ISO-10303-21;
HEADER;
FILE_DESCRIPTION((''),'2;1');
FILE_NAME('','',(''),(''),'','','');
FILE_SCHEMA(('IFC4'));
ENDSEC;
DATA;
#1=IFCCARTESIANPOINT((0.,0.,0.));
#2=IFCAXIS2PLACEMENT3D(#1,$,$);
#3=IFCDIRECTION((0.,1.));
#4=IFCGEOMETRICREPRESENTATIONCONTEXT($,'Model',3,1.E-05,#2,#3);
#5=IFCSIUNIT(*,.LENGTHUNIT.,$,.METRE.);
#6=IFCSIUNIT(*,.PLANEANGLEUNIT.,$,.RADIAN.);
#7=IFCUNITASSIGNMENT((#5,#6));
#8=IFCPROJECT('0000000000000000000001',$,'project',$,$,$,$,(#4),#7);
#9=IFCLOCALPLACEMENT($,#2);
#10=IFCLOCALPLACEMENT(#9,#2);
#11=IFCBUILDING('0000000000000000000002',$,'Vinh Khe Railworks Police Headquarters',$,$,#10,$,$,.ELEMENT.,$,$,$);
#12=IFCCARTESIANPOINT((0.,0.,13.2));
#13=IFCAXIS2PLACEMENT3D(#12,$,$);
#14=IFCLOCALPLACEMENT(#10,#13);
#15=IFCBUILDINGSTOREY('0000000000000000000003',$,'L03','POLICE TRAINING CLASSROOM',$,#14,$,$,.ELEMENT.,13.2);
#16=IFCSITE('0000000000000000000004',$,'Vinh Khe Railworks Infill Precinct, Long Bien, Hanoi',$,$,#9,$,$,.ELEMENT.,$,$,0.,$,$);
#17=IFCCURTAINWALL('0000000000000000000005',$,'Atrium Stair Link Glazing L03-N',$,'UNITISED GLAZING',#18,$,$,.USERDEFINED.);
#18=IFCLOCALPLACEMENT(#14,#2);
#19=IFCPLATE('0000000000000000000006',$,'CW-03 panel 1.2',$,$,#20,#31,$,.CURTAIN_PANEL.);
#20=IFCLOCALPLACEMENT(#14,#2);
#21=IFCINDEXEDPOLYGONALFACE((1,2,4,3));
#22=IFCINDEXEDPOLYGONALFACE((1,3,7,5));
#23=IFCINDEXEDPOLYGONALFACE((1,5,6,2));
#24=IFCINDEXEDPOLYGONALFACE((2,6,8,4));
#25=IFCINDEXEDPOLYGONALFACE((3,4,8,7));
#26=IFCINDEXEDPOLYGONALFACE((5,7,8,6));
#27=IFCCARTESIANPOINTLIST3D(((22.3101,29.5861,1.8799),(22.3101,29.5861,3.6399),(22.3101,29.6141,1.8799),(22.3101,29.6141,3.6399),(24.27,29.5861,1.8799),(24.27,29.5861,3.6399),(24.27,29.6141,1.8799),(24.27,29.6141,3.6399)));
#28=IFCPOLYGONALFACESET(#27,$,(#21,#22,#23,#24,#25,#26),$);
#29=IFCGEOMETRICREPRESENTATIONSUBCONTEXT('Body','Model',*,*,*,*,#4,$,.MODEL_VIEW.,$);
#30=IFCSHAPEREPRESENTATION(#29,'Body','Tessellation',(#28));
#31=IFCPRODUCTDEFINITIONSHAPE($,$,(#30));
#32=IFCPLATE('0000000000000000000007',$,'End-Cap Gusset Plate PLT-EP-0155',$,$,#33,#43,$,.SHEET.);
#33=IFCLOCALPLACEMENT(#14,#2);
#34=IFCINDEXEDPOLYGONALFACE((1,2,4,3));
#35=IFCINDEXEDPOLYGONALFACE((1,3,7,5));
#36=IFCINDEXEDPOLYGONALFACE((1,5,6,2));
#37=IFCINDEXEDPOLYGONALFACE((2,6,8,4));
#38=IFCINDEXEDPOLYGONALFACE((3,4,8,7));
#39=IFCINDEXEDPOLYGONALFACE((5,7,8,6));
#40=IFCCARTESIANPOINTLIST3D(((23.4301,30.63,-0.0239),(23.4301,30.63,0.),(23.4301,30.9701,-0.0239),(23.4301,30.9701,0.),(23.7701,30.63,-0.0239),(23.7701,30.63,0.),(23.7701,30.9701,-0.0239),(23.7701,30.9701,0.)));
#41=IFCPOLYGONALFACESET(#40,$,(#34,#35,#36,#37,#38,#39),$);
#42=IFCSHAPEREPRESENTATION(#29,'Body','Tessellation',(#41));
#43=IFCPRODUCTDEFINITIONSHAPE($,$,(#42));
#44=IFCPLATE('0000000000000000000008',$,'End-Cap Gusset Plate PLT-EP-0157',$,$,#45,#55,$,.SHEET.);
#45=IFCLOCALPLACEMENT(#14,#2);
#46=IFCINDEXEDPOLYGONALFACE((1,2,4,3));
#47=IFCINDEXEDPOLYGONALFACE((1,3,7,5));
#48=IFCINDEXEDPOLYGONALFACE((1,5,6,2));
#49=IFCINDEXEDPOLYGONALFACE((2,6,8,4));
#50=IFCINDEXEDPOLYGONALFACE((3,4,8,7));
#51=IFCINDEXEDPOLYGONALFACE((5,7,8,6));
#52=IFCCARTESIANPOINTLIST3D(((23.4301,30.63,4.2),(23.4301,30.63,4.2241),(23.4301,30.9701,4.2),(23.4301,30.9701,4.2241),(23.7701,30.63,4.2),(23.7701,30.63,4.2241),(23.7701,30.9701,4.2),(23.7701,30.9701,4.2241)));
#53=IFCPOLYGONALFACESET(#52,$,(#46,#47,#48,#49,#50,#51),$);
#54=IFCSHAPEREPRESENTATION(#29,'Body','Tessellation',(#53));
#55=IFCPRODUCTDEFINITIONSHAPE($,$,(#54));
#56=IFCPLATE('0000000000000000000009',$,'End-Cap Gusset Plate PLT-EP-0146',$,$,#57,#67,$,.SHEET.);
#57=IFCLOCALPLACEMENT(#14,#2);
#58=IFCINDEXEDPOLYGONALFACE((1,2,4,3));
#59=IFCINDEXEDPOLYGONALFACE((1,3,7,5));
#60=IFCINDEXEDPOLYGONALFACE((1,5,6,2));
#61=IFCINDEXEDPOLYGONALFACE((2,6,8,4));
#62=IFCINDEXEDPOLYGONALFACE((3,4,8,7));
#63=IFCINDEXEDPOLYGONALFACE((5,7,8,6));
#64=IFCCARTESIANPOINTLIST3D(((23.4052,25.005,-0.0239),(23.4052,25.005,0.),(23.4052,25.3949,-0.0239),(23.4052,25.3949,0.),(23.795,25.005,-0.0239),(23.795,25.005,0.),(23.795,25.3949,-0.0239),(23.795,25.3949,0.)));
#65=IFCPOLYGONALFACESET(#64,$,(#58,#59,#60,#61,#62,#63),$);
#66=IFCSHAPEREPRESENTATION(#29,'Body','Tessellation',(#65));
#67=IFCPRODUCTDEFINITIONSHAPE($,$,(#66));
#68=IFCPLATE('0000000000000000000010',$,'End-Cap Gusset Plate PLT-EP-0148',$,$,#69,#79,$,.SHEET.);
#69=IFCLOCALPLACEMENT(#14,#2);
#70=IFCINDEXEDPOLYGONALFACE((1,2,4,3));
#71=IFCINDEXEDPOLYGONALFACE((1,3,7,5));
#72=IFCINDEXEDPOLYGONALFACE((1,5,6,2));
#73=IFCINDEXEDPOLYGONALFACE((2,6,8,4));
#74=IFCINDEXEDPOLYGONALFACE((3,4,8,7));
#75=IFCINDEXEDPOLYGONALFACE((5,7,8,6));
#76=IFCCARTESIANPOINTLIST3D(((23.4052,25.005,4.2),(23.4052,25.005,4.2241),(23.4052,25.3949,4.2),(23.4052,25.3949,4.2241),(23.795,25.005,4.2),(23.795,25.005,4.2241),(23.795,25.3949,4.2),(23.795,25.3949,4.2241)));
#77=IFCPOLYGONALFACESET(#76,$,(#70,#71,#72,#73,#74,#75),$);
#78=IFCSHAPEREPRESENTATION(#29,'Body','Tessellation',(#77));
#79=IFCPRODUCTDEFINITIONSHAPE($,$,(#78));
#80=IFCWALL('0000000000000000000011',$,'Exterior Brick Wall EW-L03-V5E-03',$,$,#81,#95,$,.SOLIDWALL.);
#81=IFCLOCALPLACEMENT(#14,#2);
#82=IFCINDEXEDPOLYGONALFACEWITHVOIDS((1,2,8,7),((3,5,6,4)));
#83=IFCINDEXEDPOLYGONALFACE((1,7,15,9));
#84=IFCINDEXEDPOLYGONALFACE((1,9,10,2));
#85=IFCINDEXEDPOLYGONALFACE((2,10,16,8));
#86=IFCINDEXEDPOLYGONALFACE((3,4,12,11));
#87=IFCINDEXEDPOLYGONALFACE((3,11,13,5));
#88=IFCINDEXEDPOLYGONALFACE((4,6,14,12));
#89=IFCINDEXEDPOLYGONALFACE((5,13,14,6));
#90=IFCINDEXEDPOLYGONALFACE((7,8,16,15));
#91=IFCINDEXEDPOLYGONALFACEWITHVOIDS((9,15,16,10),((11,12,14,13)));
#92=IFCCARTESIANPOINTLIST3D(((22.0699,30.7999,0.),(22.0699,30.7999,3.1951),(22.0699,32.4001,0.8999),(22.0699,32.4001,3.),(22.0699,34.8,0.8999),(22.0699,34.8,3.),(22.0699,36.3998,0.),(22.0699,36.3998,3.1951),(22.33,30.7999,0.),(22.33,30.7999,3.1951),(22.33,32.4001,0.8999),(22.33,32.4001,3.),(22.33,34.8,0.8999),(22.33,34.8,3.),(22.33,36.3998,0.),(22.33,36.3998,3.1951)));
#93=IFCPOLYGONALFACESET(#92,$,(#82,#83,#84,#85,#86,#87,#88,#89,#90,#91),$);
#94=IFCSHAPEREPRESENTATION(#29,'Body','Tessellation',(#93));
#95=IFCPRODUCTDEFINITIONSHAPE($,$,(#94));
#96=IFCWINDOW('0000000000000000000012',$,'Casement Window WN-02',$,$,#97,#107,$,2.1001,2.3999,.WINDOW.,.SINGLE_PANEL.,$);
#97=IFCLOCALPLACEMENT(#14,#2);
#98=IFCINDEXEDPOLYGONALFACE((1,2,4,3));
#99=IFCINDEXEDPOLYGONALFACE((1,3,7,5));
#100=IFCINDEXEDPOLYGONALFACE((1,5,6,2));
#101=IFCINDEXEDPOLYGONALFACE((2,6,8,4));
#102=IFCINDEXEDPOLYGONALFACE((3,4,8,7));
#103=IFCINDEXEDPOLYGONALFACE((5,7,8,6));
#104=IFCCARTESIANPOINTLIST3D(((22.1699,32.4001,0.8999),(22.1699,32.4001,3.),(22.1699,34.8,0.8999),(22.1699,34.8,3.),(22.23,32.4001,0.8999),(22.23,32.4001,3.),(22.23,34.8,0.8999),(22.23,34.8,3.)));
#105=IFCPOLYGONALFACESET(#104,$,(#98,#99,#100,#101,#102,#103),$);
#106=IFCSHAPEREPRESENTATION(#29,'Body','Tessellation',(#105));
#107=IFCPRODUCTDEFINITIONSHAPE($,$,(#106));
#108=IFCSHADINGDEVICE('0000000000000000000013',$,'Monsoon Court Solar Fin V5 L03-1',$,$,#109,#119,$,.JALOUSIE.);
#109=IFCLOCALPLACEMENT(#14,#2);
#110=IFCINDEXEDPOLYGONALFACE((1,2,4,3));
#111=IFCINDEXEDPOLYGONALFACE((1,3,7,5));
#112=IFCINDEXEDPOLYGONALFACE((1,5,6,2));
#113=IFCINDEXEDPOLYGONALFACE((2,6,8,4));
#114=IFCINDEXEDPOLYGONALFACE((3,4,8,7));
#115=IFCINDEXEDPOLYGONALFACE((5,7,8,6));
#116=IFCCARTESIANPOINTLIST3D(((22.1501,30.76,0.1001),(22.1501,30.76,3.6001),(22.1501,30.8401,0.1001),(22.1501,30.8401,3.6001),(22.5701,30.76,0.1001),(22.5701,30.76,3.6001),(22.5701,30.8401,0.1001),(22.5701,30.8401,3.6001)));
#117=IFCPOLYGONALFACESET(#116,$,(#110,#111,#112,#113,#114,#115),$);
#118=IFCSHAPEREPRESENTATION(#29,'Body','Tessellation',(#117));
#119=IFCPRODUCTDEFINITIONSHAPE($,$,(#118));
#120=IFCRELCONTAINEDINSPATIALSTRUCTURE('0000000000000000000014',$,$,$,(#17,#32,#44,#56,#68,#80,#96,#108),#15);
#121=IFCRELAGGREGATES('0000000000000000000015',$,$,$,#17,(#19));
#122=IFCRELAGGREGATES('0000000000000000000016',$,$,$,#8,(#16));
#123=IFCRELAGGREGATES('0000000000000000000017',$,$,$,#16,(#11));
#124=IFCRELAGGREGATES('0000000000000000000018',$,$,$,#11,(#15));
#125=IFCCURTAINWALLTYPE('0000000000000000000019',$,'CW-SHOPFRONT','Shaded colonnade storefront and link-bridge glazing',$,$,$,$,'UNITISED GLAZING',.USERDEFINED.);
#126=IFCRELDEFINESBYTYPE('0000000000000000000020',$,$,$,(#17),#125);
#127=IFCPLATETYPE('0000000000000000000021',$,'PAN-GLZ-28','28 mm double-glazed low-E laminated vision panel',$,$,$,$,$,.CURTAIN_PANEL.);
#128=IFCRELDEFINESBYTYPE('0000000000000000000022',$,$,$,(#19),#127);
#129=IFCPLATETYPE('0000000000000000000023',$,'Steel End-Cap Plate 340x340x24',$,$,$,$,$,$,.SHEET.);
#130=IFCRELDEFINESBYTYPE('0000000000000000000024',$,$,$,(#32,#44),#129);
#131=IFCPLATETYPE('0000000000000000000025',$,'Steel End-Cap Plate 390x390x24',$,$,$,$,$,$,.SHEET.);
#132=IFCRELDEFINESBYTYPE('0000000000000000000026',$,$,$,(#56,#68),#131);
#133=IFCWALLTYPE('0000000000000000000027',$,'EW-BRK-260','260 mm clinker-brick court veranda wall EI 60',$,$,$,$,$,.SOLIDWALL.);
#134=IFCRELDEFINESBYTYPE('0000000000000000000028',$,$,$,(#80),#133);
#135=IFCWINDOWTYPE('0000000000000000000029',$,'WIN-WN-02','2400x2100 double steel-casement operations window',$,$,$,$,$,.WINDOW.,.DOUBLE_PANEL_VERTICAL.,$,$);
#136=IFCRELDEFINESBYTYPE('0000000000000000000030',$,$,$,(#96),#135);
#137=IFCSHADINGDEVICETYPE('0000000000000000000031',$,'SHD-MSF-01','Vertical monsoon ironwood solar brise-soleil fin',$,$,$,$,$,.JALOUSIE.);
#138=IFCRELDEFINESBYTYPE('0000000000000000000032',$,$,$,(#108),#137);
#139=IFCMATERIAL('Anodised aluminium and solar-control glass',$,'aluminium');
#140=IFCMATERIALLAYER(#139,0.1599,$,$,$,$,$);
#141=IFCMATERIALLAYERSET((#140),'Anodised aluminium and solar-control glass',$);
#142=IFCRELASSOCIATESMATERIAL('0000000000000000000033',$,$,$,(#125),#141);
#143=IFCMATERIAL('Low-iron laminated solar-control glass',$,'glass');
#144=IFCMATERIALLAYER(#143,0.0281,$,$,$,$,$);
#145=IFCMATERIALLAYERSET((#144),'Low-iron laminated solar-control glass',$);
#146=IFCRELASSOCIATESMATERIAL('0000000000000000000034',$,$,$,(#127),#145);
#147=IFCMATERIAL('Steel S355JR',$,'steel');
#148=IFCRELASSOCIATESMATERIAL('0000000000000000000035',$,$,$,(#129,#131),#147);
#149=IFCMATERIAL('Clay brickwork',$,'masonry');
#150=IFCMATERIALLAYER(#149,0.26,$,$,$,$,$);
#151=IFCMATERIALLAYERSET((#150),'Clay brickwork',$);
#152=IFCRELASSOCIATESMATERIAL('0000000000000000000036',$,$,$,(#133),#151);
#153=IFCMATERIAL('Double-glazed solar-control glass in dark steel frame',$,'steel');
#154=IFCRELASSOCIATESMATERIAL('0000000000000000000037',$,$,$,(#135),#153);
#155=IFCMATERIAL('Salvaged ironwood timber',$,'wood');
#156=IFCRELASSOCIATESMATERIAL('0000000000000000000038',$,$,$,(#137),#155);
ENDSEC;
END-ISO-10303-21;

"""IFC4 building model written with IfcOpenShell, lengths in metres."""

from ifc_helpers import new_model, si_unit, direction, frame, frame_2d, origin, origin_2d, place, context, subcontext, project, spatial, rectangle, extrude, material, layer, layer_set, material_profile, profile_set, type_object, element, fill, aggregate, save


model = new_model("IFC4")

# Units and contexts
model_context = context("Model", 3, precision=1e-05, world=origin(), true_north=direction((0.0, 1.0)))
body_context = subcontext(model_context, "Body", "Model", "MODEL_VIEW")
ifc_project = project(units=[si_unit("LENGTHUNIT", "METRE"), si_unit("PLANEANGLEUNIT", "RADIAN")], contexts=[model_context])

# Site, building, storey
site_placement = place(None, origin())
site = spatial("IfcSite", under=ifc_project, at=site_placement, Name="Vinh Khe Railworks Infill Precinct, Long Bien, Hanoi", CompositionType="ELEMENT", RefElevation=0.0)
building_placement = place(site_placement, origin())
building = spatial("IfcBuilding", under=site, at=building_placement, Name="Vinh Khe Railworks Police Headquarters", CompositionType="ELEMENT")
storey_placement = place(building_placement, frame((0.0, 0.0, 13.2)))
storey = spatial("IfcBuildingStorey", under=building, at=storey_placement, Name="L03", Description="POLICE TRAINING CLASSROOM", CompositionType="ELEMENT", Elevation=13.2)

# Shared definitions
ifc_material_1 = material(Name="Steel S355JR", Category="steel")

# Curtain wall
ifc_material_2 = material(Name="Anodised aluminium and solar-control glass", Category="aluminium")
ifc_layer_1 = layer(ifc_material_2, 0.1599)
ifc_layer_set_1 = layer_set([ifc_layer_1], Name="Anodised aluminium and solar-control glass")
curtain_wall_type = type_object("IfcCurtainWallType", Name="CW-SHOPFRONT", Description="Shaded colonnade storefront and link-bridge glazing", ElementType="UNITISED GLAZING", PredefinedType="USERDEFINED", material=ifc_layer_set_1)
curtain_wall_1_placement = place(storey_placement, origin())
curtain_wall_1 = element("IfcCurtainWall", 1, at=curtain_wall_1_placement, inside=storey, type_object=curtain_wall_type, Name="Atrium Stair Link Glazing L03-N", ObjectType="UNITISED GLAZING", PredefinedType="USERDEFINED")

# Plate
ifc_material_3 = material(Name="Low-iron laminated solar-control glass", Category="glass")
ifc_layer_2 = layer(ifc_material_3, 0.0281)
ifc_layer_set_2 = layer_set([ifc_layer_2], Name="Low-iron laminated solar-control glass")
plate_type_1 = type_object("IfcPlateType", Name="PAN-GLZ-28", Description="28 mm double-glazed low-E laminated vision panel", PredefinedType="CURTAIN_PANEL", material=ifc_layer_set_2)
plate_1_placement = place(storey_placement, frame((23.29, 29.6001, 1.8799), z_axis=(0.0, 0.0, 1.0), x_axis=(1.0, 0.0, 0.0)))
plate_1 = element("IfcPlate", 2, at=plate_1_placement, type_object=plate_type_1, Name="CW-03 panel 1.2", PredefinedType="CURTAIN_PANEL", context=body_context, shape_type="SweptSolid", body=[
    extrude(rectangle(XDim=1.96, YDim=0.0281, at=origin_2d()), origin(), (0.0, 0.0, 1.0), 1.76),
])
aggregate(curtain_wall_1, [plate_1])

# Plates
ifc_material_profile_1 = material_profile(ifc_material_1, rectangle(XDim=0.3401, YDim=0.3401, at=origin_2d()), Name="PL 340x340")
ifc_profile_set_1 = profile_set([ifc_material_profile_1], Name="Steel S355JR")
plate_type_2 = type_object("IfcPlateType", Name="Steel End-Cap Plate 340x340x24", PredefinedType="SHEET", material=ifc_profile_set_1)
plate_2_placement = place(storey_placement, frame((23.6001, 30.8, 0.0), z_axis=(0.0, 0.0, -1.0), x_axis=(1.0, 0.0, 0.0)))
element("IfcPlate", 3, at=plate_2_placement, inside=storey, type_object=plate_type_2, Name="End-Cap Gusset Plate PLT-EP-0155", PredefinedType="SHEET", context=body_context, shape_type="SweptSolid", body=[
    extrude(rectangle(XDim=0.3401, YDim=0.3401, at=origin_2d()), origin(), (0.0, 0.0, 1.0), 0.0239),
])
plate_3_placement = place(storey_placement, frame((23.6001, 30.8, 4.2), z_axis=(0.0, 0.0, 1.0), x_axis=(1.0, 0.0, 0.0)))
element("IfcPlate", 4, at=plate_3_placement, inside=storey, type_object=plate_type_2, Name="End-Cap Gusset Plate PLT-EP-0157", PredefinedType="SHEET", context=body_context, shape_type="SweptSolid", body=[
    extrude(rectangle(XDim=0.3401, YDim=0.3401, at=origin_2d()), origin(), (0.0, 0.0, 1.0), 0.0242),
])
ifc_material_profile_2 = material_profile(ifc_material_1, rectangle(XDim=0.3899, YDim=0.3899, at=origin_2d()), Name="PL 390x390")
ifc_profile_set_2 = profile_set([ifc_material_profile_2], Name="Steel S355JR")
plate_type_3 = type_object("IfcPlateType", Name="Steel End-Cap Plate 390x390x24", PredefinedType="SHEET", material=ifc_profile_set_2)
plate_4_placement = place(storey_placement, frame((23.6001, 25.2, 0.0), z_axis=(0.0, 0.0, -1.0), x_axis=(1.0, 0.0, 0.0)))
element("IfcPlate", 5, at=plate_4_placement, inside=storey, type_object=plate_type_3, Name="End-Cap Gusset Plate PLT-EP-0146", PredefinedType="SHEET", context=body_context, shape_type="SweptSolid", body=[
    extrude(rectangle(XDim=0.3899, YDim=0.3899, at=origin_2d()), origin(), (0.0, 0.0, 1.0), 0.0239),
])
plate_5_placement = place(storey_placement, frame((23.6001, 25.2, 4.2), z_axis=(0.0, 0.0, 1.0), x_axis=(1.0, 0.0, 0.0)))
element("IfcPlate", 6, at=plate_5_placement, inside=storey, type_object=plate_type_3, Name="End-Cap Gusset Plate PLT-EP-0148", PredefinedType="SHEET", context=body_context, shape_type="SweptSolid", body=[
    extrude(rectangle(XDim=0.3899, YDim=0.3899, at=origin_2d()), origin(), (0.0, 0.0, 1.0), 0.0242),
])

# Wall, opening, window
ifc_material_4 = material(Name="Clay brickwork", Category="masonry")
ifc_layer_3 = layer(ifc_material_4, 0.26)
ifc_layer_set_3 = layer_set([ifc_layer_3], Name="Clay brickwork")
wall_type = type_object("IfcWallType", Name="EW-BRK-260", Description="260 mm clinker-brick court veranda wall EI 60", PredefinedType="SOLIDWALL", material=ifc_layer_set_3)
wall_placement = place(storey_placement, frame((22.2, 30.8, 0.0), z_axis=(0.0, 0.0, 1.0), x_axis=(0.0, 1.0, 0.0)))
wall = element("IfcWall", 7, at=wall_placement, inside=storey, type_object=wall_type, Name="Exterior Brick Wall EW-L03-V5E-03", PredefinedType="SOLIDWALL", context=body_context, shape_type="SweptSolid", body=[
    extrude(rectangle(XDim=5.5999, YDim=0.26, at=frame_2d((2.7998, 0.0))), origin(), (0.0, 0.0, 1.0), 3.1951),
])
opening_placement = place(wall_placement, frame((1.6001, 0.0, 0.8999)))
opening = element("IfcOpeningElement", 8, at=opening_placement, cuts=wall, PredefinedType="OPENING", context=body_context, shape_type="SweptSolid", body=[
    extrude(rectangle(XDim=2.3999, YDim=2.1001, at=frame_2d((1.2, 1.05))), frame((0.0, 0.145, 0.0), z_axis=(0.0, -1.0, 0.0), x_axis=(1.0, 0.0, 0.0)), (0.0, 0.0, 1.0), 0.2898),
])
ifc_material_5 = material(Name="Double-glazed solar-control glass in dark steel frame", Category="steel")
window_type = type_object("IfcWindowType", Name="WIN-WN-02", Description="2400x2100 double steel-casement operations window", PartitioningType="DOUBLE_PANEL_VERTICAL", PredefinedType="WINDOW", material=ifc_material_5)
window_placement = place(opening_placement, origin())
window = element("IfcWindow", 9, at=window_placement, inside=storey, type_object=window_type, Name="Casement Window WN-02", OverallHeight=2.1001, OverallWidth=2.3999, PartitioningType="SINGLE_PANEL", PredefinedType="WINDOW", context=body_context, shape_type="SweptSolid", body=[
    extrude(rectangle(XDim=2.3999, YDim=2.1001, at=frame_2d((1.2, 1.05))), frame((0.0, 0.03, 0.0), z_axis=(0.0, -1.0, 0.0), x_axis=(1.0, 0.0, 0.0)), (0.0, 0.0, 1.0), 0.0601),
])
fill(opening, window)

# Shading device
ifc_material_6 = material(Name="Salvaged ironwood timber", Category="wood")
shading_device_type = type_object("IfcShadingDeviceType", Name="SHD-MSF-01", Description="Vertical monsoon ironwood solar brise-soleil fin", PredefinedType="JALOUSIE", material=ifc_material_6)
shading_device_placement = place(storey_placement, frame((22.3601, 30.8, 0.1001), z_axis=(0.0, 0.0, 1.0), x_axis=(1.0, 0.0, 0.0)))
element("IfcShadingDevice", 10, at=shading_device_placement, inside=storey, type_object=shading_device_type, Name="Monsoon Court Solar Fin V5 L03-1", PredefinedType="JALOUSIE", context=body_context, shape_type="SweptSolid", body=[
    extrude(rectangle(XDim=0.4199, YDim=0.0801, at=origin_2d()), origin(), (0.0, 0.0, 1.0), 3.5),
])

save(model, "model.ifc")
